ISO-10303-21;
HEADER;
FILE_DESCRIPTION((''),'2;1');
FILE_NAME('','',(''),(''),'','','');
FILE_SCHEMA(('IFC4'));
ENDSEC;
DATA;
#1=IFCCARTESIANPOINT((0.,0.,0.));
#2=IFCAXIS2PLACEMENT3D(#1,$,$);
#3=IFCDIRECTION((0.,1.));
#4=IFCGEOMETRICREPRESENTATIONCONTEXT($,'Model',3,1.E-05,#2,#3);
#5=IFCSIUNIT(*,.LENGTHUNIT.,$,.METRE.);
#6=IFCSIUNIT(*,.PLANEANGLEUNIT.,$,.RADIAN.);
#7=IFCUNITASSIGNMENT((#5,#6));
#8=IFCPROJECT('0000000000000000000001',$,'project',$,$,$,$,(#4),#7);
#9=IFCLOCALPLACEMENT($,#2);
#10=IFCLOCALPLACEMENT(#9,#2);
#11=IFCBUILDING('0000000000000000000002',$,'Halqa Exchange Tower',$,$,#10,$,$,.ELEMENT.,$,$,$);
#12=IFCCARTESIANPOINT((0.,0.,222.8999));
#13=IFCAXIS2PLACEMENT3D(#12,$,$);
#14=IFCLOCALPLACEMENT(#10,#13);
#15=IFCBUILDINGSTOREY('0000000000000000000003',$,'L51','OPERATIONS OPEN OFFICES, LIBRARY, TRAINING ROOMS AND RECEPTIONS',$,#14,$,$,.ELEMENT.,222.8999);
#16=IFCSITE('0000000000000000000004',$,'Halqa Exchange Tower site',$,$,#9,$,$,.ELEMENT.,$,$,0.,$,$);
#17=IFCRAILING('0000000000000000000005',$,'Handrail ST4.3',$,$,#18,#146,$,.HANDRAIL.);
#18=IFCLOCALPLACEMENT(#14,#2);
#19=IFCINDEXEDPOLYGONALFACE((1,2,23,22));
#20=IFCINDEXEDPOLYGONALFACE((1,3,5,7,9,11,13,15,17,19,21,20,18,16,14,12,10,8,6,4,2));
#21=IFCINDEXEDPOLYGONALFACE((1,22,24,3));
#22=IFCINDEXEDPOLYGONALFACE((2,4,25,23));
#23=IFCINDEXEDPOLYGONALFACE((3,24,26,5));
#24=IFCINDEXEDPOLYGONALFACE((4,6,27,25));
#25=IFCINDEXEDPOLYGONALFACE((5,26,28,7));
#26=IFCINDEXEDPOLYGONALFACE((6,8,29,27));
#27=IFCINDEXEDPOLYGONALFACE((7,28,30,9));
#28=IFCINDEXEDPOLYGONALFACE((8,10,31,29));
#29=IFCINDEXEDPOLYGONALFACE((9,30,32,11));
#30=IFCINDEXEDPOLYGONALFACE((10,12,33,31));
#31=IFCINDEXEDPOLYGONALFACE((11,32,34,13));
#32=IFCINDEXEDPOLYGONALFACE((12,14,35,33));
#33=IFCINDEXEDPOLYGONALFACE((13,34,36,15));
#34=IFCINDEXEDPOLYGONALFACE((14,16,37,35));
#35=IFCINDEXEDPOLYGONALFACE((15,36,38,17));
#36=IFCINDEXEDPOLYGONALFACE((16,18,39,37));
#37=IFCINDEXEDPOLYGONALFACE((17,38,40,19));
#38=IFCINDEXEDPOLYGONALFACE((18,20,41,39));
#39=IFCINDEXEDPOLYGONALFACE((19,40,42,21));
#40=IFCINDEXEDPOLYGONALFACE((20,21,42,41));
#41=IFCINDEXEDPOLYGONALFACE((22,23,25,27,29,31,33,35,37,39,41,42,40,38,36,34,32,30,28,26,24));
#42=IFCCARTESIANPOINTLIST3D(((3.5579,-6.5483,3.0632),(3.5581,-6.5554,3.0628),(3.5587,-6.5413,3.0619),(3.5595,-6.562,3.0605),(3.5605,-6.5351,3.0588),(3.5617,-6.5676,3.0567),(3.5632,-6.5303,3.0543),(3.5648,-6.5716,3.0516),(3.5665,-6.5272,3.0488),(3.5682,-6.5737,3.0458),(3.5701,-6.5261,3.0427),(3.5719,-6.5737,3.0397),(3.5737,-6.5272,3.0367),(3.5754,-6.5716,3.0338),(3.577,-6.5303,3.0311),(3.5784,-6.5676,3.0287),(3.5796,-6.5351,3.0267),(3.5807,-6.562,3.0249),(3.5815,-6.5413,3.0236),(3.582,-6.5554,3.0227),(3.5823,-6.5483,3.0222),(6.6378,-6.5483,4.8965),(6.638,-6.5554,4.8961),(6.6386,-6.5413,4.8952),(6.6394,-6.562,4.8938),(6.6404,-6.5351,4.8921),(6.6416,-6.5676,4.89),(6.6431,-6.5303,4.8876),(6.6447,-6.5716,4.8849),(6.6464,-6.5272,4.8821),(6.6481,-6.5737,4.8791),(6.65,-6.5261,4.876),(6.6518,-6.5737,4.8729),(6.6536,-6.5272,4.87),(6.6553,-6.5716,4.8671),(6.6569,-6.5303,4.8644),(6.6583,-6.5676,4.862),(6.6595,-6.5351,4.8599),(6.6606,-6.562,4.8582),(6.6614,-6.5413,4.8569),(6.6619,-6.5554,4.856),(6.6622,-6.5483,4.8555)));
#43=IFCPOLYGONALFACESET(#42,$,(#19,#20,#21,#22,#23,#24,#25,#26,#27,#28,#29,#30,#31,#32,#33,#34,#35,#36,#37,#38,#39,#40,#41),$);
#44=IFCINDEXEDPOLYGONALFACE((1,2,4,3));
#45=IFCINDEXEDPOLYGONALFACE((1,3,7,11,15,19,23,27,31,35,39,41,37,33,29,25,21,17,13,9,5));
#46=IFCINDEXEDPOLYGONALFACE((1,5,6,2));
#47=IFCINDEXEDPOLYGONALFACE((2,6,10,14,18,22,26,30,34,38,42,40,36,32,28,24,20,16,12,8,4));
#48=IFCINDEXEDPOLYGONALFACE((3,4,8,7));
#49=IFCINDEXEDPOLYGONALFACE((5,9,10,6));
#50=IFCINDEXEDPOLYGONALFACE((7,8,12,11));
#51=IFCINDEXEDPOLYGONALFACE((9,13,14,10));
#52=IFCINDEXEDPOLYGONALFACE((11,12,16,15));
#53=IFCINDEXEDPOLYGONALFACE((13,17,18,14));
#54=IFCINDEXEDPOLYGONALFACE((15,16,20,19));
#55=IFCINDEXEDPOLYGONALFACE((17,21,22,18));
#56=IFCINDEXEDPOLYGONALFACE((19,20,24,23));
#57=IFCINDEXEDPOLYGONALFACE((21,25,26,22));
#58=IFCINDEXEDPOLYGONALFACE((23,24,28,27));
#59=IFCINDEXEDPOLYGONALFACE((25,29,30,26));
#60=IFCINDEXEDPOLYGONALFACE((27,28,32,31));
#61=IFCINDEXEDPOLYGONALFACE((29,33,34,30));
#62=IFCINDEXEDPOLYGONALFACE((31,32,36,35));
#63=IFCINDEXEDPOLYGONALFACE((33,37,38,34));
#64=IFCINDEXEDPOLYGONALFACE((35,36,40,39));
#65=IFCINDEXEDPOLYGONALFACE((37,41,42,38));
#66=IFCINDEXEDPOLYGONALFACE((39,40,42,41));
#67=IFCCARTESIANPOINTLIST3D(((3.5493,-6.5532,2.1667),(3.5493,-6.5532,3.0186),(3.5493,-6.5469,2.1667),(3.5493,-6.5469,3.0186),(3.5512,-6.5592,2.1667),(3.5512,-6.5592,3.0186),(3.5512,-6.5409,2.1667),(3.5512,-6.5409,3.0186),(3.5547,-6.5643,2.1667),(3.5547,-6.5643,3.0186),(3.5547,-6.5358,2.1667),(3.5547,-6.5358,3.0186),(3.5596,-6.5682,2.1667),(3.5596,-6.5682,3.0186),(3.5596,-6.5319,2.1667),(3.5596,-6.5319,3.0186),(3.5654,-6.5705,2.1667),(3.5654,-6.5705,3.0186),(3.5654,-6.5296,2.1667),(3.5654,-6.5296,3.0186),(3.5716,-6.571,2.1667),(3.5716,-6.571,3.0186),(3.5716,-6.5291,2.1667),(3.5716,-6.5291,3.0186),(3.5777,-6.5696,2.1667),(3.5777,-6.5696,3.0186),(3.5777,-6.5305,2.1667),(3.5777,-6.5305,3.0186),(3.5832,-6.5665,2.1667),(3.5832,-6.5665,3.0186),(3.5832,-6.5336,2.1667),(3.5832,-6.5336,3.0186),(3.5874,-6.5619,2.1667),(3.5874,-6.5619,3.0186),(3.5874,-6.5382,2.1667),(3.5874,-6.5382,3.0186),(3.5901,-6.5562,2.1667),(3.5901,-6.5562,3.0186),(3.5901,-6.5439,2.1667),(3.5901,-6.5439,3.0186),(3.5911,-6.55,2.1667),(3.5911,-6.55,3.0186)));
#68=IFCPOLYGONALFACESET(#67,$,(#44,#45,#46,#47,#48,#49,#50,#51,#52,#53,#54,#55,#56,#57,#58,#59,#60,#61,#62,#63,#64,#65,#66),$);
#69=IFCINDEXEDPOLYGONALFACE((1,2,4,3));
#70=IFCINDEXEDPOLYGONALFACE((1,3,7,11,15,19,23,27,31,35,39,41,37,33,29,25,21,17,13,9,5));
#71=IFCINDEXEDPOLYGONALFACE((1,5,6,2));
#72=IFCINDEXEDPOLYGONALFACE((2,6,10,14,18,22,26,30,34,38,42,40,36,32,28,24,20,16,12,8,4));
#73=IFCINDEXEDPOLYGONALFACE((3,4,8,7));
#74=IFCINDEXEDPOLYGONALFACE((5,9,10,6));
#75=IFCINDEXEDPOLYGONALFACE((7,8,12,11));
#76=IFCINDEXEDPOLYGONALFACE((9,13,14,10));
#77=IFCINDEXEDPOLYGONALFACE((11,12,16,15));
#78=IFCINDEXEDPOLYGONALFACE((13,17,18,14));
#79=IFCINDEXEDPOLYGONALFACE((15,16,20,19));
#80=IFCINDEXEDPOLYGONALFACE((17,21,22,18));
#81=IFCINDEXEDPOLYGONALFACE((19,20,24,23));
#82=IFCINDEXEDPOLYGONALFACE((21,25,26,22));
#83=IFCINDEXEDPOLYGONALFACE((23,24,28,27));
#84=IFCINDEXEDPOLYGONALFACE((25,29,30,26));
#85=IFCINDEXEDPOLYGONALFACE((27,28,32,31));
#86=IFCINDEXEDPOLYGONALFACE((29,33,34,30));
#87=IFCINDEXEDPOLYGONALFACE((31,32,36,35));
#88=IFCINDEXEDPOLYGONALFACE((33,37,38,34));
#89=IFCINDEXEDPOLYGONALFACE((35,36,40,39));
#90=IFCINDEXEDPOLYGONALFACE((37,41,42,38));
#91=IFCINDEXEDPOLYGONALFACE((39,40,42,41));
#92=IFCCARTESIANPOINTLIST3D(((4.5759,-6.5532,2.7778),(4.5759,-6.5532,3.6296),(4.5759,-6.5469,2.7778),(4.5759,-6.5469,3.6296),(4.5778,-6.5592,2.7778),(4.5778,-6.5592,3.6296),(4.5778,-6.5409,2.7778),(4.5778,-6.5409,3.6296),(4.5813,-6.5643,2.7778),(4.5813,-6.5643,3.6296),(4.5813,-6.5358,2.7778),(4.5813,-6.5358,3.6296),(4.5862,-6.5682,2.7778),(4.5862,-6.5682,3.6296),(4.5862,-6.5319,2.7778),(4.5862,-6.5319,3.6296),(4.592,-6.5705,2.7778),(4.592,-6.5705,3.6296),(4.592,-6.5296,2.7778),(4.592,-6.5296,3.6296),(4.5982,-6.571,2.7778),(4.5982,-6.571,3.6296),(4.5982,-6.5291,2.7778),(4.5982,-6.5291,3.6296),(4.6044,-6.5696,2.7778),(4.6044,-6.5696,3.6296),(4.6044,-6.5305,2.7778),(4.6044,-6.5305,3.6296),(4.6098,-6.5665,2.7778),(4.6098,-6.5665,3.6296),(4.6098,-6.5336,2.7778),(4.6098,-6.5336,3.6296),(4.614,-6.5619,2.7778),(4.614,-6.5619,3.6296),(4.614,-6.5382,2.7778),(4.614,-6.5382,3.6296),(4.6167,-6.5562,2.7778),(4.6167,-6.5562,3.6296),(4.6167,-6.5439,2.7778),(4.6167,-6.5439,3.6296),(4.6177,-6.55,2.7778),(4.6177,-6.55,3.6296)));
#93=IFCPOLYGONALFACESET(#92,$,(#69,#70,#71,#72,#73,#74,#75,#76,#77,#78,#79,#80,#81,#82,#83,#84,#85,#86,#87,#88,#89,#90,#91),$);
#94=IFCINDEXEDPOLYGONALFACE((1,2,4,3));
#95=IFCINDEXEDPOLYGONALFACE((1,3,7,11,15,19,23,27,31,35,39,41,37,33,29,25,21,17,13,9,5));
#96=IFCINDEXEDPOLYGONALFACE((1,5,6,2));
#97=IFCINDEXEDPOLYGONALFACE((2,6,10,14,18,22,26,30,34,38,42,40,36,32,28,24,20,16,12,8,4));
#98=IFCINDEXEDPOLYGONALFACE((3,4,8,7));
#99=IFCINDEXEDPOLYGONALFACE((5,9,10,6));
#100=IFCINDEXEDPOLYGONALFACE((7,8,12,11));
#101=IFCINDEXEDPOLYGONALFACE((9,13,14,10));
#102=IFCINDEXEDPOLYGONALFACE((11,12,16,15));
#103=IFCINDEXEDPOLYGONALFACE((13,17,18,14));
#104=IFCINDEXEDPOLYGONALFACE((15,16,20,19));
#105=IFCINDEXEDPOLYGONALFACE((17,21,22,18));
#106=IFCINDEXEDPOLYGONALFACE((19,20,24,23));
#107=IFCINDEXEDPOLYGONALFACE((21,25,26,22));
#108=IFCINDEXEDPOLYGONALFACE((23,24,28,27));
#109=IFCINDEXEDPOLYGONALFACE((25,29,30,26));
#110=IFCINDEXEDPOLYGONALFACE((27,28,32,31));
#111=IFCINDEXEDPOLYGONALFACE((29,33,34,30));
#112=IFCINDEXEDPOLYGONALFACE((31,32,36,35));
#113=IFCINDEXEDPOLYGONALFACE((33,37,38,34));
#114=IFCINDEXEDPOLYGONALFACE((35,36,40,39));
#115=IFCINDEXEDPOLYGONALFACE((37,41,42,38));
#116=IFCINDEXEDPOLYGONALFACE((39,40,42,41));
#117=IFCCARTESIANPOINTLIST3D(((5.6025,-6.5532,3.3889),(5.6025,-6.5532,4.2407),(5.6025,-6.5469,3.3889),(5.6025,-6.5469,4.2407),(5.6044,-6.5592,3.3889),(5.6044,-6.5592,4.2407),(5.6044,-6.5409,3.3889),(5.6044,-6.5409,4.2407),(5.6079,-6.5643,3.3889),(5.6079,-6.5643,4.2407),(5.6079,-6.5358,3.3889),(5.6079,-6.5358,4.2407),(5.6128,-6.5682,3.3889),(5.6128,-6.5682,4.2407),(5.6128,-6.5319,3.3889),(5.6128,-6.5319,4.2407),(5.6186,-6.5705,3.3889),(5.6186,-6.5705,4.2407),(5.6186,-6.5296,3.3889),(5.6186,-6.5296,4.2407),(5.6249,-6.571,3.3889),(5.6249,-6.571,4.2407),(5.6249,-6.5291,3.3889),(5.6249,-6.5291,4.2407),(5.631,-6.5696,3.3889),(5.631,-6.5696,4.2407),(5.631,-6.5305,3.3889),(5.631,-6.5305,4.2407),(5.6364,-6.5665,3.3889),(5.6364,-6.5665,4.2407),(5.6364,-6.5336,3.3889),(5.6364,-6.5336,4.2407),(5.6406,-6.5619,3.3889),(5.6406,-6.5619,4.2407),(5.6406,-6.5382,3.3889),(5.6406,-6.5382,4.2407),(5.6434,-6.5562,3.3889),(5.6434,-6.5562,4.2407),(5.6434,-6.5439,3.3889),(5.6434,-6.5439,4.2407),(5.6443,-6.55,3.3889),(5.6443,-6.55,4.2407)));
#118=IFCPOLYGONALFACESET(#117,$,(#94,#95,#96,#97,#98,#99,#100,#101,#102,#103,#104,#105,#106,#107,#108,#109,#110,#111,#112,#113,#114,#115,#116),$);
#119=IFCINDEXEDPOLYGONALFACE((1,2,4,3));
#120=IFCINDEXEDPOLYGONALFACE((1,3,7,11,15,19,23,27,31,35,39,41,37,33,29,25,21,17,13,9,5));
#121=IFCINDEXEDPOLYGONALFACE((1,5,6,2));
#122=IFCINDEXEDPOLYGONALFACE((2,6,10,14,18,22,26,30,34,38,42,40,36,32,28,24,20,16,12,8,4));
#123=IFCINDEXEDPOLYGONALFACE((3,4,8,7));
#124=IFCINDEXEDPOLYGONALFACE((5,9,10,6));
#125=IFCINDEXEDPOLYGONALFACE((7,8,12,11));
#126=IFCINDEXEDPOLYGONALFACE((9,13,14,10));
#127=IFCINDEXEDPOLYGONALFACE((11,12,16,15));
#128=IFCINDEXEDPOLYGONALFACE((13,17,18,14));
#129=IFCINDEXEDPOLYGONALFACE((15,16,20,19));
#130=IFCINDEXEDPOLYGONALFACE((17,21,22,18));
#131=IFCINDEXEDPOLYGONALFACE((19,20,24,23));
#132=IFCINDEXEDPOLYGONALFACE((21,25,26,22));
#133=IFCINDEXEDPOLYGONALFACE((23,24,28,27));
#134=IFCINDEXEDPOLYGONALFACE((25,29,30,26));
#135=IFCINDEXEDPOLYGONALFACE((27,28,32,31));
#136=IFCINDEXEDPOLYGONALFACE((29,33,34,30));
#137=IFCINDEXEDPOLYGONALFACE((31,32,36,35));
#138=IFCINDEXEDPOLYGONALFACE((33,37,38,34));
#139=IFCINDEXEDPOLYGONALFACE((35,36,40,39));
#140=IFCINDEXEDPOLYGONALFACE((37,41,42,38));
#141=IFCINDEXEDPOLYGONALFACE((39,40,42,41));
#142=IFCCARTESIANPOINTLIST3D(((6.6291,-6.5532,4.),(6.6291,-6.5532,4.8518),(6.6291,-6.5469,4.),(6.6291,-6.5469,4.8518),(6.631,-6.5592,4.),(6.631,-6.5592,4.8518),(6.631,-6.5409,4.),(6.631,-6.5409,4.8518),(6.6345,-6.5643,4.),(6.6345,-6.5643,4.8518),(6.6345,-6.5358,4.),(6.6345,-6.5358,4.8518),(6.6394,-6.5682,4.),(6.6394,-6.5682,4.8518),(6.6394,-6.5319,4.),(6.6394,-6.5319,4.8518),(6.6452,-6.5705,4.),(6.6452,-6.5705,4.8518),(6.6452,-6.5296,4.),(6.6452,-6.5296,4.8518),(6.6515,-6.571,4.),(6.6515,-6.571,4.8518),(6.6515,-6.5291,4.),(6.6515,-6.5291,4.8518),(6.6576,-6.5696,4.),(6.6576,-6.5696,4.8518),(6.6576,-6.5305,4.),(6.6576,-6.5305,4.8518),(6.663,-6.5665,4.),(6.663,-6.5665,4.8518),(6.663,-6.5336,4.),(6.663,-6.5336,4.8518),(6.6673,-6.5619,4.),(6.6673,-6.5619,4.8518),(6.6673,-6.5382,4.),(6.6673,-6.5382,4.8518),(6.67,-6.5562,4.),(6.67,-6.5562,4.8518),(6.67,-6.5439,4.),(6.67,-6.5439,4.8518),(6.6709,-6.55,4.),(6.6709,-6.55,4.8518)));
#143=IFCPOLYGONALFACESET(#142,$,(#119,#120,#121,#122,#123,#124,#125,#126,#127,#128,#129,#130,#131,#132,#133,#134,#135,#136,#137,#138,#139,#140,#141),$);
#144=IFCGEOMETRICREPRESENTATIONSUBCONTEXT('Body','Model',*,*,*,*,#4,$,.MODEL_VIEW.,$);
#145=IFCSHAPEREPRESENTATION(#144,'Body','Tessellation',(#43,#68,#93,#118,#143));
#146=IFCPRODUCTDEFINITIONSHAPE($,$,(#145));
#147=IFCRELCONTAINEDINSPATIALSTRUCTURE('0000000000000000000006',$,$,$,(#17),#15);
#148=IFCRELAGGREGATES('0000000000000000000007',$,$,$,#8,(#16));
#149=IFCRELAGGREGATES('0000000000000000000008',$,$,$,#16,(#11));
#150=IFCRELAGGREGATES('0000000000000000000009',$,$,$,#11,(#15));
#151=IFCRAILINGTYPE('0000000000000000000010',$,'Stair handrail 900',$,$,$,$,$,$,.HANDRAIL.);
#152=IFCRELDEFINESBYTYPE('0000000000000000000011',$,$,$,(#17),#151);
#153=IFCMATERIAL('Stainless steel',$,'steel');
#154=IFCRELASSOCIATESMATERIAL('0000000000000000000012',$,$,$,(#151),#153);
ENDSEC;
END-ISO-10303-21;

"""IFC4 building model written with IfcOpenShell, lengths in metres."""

from ifc_helpers import new_model, si_unit, direction, frame, origin, origin_2d, place, context, subcontext, project, spatial, circle, extrude, material, type_object, element, save


model = new_model("IFC4")

# Units and contexts
model_context = context("Model", 3, precision=1e-05, world=origin(), true_north=direction((0.0, 1.0)))
body_context = subcontext(model_context, "Body", "Model", "MODEL_VIEW")
ifc_project = project(units=[si_unit("LENGTHUNIT", "METRE"), si_unit("PLANEANGLEUNIT", "RADIAN")], contexts=[model_context])

# Site, building, storey
site_placement = place(None, origin())
site = spatial("IfcSite", under=ifc_project, at=site_placement, Name="Halqa Exchange Tower site", CompositionType="ELEMENT", RefElevation=0.0)
building_placement = place(site_placement, origin())
building = spatial("IfcBuilding", under=site, at=building_placement, Name="Halqa Exchange Tower", CompositionType="ELEMENT")
storey_placement = place(building_placement, frame((0.0, 0.0, 222.8999)))
storey = spatial("IfcBuildingStorey", under=building, at=storey_placement, Name="L51", Description="OPERATIONS OPEN OFFICES, LIBRARY, TRAINING ROOMS AND RECEPTIONS", CompositionType="ELEMENT", Elevation=222.8999)

# Railing
ifc_material_1 = material(Name="Stainless steel", Category="steel")
railing_type_1 = type_object("IfcRailingType", Name="Stair handrail 900", PredefinedType="HANDRAIL", material=ifc_material_1)
railing_1_placement = place(storey_placement, frame((3.5701, -6.55, 2.1667)))
element("IfcRailing", 1, at=railing_1_placement, inside=storey, type_object=railing_type_1, Name="Handrail ST4.3", PredefinedType="HANDRAIL", context=body_context, shape_type="SweptSolid", body=[
    extrude(circle(Radius=0.0239, at=origin_2d()), frame((0.0, 0.0, 0.876), z_axis=(0.859291, 0.0, 0.511487), x_axis=(0.0, 1.0, 0.0)), (0.0, 0.0, 1.0), 3.5842),
    extrude(circle(Radius=0.021, at=origin_2d()), origin(), (0.0, 0.0, 1.0), 0.8518),
    extrude(circle(Radius=0.021, at=origin_2d()), frame((1.0266, 0.0, 0.6111)), (0.0, 0.0, 1.0), 0.8518),
    extrude(circle(Radius=0.021, at=origin_2d()), frame((2.0532, 0.0, 1.2222)), (0.0, 0.0, 1.0), 0.8518),
    extrude(circle(Radius=0.021, at=origin_2d()), frame((3.0798, 0.0, 1.8333)), (0.0, 0.0, 1.0), 0.8518),
])

save(model, "model.ifc")
